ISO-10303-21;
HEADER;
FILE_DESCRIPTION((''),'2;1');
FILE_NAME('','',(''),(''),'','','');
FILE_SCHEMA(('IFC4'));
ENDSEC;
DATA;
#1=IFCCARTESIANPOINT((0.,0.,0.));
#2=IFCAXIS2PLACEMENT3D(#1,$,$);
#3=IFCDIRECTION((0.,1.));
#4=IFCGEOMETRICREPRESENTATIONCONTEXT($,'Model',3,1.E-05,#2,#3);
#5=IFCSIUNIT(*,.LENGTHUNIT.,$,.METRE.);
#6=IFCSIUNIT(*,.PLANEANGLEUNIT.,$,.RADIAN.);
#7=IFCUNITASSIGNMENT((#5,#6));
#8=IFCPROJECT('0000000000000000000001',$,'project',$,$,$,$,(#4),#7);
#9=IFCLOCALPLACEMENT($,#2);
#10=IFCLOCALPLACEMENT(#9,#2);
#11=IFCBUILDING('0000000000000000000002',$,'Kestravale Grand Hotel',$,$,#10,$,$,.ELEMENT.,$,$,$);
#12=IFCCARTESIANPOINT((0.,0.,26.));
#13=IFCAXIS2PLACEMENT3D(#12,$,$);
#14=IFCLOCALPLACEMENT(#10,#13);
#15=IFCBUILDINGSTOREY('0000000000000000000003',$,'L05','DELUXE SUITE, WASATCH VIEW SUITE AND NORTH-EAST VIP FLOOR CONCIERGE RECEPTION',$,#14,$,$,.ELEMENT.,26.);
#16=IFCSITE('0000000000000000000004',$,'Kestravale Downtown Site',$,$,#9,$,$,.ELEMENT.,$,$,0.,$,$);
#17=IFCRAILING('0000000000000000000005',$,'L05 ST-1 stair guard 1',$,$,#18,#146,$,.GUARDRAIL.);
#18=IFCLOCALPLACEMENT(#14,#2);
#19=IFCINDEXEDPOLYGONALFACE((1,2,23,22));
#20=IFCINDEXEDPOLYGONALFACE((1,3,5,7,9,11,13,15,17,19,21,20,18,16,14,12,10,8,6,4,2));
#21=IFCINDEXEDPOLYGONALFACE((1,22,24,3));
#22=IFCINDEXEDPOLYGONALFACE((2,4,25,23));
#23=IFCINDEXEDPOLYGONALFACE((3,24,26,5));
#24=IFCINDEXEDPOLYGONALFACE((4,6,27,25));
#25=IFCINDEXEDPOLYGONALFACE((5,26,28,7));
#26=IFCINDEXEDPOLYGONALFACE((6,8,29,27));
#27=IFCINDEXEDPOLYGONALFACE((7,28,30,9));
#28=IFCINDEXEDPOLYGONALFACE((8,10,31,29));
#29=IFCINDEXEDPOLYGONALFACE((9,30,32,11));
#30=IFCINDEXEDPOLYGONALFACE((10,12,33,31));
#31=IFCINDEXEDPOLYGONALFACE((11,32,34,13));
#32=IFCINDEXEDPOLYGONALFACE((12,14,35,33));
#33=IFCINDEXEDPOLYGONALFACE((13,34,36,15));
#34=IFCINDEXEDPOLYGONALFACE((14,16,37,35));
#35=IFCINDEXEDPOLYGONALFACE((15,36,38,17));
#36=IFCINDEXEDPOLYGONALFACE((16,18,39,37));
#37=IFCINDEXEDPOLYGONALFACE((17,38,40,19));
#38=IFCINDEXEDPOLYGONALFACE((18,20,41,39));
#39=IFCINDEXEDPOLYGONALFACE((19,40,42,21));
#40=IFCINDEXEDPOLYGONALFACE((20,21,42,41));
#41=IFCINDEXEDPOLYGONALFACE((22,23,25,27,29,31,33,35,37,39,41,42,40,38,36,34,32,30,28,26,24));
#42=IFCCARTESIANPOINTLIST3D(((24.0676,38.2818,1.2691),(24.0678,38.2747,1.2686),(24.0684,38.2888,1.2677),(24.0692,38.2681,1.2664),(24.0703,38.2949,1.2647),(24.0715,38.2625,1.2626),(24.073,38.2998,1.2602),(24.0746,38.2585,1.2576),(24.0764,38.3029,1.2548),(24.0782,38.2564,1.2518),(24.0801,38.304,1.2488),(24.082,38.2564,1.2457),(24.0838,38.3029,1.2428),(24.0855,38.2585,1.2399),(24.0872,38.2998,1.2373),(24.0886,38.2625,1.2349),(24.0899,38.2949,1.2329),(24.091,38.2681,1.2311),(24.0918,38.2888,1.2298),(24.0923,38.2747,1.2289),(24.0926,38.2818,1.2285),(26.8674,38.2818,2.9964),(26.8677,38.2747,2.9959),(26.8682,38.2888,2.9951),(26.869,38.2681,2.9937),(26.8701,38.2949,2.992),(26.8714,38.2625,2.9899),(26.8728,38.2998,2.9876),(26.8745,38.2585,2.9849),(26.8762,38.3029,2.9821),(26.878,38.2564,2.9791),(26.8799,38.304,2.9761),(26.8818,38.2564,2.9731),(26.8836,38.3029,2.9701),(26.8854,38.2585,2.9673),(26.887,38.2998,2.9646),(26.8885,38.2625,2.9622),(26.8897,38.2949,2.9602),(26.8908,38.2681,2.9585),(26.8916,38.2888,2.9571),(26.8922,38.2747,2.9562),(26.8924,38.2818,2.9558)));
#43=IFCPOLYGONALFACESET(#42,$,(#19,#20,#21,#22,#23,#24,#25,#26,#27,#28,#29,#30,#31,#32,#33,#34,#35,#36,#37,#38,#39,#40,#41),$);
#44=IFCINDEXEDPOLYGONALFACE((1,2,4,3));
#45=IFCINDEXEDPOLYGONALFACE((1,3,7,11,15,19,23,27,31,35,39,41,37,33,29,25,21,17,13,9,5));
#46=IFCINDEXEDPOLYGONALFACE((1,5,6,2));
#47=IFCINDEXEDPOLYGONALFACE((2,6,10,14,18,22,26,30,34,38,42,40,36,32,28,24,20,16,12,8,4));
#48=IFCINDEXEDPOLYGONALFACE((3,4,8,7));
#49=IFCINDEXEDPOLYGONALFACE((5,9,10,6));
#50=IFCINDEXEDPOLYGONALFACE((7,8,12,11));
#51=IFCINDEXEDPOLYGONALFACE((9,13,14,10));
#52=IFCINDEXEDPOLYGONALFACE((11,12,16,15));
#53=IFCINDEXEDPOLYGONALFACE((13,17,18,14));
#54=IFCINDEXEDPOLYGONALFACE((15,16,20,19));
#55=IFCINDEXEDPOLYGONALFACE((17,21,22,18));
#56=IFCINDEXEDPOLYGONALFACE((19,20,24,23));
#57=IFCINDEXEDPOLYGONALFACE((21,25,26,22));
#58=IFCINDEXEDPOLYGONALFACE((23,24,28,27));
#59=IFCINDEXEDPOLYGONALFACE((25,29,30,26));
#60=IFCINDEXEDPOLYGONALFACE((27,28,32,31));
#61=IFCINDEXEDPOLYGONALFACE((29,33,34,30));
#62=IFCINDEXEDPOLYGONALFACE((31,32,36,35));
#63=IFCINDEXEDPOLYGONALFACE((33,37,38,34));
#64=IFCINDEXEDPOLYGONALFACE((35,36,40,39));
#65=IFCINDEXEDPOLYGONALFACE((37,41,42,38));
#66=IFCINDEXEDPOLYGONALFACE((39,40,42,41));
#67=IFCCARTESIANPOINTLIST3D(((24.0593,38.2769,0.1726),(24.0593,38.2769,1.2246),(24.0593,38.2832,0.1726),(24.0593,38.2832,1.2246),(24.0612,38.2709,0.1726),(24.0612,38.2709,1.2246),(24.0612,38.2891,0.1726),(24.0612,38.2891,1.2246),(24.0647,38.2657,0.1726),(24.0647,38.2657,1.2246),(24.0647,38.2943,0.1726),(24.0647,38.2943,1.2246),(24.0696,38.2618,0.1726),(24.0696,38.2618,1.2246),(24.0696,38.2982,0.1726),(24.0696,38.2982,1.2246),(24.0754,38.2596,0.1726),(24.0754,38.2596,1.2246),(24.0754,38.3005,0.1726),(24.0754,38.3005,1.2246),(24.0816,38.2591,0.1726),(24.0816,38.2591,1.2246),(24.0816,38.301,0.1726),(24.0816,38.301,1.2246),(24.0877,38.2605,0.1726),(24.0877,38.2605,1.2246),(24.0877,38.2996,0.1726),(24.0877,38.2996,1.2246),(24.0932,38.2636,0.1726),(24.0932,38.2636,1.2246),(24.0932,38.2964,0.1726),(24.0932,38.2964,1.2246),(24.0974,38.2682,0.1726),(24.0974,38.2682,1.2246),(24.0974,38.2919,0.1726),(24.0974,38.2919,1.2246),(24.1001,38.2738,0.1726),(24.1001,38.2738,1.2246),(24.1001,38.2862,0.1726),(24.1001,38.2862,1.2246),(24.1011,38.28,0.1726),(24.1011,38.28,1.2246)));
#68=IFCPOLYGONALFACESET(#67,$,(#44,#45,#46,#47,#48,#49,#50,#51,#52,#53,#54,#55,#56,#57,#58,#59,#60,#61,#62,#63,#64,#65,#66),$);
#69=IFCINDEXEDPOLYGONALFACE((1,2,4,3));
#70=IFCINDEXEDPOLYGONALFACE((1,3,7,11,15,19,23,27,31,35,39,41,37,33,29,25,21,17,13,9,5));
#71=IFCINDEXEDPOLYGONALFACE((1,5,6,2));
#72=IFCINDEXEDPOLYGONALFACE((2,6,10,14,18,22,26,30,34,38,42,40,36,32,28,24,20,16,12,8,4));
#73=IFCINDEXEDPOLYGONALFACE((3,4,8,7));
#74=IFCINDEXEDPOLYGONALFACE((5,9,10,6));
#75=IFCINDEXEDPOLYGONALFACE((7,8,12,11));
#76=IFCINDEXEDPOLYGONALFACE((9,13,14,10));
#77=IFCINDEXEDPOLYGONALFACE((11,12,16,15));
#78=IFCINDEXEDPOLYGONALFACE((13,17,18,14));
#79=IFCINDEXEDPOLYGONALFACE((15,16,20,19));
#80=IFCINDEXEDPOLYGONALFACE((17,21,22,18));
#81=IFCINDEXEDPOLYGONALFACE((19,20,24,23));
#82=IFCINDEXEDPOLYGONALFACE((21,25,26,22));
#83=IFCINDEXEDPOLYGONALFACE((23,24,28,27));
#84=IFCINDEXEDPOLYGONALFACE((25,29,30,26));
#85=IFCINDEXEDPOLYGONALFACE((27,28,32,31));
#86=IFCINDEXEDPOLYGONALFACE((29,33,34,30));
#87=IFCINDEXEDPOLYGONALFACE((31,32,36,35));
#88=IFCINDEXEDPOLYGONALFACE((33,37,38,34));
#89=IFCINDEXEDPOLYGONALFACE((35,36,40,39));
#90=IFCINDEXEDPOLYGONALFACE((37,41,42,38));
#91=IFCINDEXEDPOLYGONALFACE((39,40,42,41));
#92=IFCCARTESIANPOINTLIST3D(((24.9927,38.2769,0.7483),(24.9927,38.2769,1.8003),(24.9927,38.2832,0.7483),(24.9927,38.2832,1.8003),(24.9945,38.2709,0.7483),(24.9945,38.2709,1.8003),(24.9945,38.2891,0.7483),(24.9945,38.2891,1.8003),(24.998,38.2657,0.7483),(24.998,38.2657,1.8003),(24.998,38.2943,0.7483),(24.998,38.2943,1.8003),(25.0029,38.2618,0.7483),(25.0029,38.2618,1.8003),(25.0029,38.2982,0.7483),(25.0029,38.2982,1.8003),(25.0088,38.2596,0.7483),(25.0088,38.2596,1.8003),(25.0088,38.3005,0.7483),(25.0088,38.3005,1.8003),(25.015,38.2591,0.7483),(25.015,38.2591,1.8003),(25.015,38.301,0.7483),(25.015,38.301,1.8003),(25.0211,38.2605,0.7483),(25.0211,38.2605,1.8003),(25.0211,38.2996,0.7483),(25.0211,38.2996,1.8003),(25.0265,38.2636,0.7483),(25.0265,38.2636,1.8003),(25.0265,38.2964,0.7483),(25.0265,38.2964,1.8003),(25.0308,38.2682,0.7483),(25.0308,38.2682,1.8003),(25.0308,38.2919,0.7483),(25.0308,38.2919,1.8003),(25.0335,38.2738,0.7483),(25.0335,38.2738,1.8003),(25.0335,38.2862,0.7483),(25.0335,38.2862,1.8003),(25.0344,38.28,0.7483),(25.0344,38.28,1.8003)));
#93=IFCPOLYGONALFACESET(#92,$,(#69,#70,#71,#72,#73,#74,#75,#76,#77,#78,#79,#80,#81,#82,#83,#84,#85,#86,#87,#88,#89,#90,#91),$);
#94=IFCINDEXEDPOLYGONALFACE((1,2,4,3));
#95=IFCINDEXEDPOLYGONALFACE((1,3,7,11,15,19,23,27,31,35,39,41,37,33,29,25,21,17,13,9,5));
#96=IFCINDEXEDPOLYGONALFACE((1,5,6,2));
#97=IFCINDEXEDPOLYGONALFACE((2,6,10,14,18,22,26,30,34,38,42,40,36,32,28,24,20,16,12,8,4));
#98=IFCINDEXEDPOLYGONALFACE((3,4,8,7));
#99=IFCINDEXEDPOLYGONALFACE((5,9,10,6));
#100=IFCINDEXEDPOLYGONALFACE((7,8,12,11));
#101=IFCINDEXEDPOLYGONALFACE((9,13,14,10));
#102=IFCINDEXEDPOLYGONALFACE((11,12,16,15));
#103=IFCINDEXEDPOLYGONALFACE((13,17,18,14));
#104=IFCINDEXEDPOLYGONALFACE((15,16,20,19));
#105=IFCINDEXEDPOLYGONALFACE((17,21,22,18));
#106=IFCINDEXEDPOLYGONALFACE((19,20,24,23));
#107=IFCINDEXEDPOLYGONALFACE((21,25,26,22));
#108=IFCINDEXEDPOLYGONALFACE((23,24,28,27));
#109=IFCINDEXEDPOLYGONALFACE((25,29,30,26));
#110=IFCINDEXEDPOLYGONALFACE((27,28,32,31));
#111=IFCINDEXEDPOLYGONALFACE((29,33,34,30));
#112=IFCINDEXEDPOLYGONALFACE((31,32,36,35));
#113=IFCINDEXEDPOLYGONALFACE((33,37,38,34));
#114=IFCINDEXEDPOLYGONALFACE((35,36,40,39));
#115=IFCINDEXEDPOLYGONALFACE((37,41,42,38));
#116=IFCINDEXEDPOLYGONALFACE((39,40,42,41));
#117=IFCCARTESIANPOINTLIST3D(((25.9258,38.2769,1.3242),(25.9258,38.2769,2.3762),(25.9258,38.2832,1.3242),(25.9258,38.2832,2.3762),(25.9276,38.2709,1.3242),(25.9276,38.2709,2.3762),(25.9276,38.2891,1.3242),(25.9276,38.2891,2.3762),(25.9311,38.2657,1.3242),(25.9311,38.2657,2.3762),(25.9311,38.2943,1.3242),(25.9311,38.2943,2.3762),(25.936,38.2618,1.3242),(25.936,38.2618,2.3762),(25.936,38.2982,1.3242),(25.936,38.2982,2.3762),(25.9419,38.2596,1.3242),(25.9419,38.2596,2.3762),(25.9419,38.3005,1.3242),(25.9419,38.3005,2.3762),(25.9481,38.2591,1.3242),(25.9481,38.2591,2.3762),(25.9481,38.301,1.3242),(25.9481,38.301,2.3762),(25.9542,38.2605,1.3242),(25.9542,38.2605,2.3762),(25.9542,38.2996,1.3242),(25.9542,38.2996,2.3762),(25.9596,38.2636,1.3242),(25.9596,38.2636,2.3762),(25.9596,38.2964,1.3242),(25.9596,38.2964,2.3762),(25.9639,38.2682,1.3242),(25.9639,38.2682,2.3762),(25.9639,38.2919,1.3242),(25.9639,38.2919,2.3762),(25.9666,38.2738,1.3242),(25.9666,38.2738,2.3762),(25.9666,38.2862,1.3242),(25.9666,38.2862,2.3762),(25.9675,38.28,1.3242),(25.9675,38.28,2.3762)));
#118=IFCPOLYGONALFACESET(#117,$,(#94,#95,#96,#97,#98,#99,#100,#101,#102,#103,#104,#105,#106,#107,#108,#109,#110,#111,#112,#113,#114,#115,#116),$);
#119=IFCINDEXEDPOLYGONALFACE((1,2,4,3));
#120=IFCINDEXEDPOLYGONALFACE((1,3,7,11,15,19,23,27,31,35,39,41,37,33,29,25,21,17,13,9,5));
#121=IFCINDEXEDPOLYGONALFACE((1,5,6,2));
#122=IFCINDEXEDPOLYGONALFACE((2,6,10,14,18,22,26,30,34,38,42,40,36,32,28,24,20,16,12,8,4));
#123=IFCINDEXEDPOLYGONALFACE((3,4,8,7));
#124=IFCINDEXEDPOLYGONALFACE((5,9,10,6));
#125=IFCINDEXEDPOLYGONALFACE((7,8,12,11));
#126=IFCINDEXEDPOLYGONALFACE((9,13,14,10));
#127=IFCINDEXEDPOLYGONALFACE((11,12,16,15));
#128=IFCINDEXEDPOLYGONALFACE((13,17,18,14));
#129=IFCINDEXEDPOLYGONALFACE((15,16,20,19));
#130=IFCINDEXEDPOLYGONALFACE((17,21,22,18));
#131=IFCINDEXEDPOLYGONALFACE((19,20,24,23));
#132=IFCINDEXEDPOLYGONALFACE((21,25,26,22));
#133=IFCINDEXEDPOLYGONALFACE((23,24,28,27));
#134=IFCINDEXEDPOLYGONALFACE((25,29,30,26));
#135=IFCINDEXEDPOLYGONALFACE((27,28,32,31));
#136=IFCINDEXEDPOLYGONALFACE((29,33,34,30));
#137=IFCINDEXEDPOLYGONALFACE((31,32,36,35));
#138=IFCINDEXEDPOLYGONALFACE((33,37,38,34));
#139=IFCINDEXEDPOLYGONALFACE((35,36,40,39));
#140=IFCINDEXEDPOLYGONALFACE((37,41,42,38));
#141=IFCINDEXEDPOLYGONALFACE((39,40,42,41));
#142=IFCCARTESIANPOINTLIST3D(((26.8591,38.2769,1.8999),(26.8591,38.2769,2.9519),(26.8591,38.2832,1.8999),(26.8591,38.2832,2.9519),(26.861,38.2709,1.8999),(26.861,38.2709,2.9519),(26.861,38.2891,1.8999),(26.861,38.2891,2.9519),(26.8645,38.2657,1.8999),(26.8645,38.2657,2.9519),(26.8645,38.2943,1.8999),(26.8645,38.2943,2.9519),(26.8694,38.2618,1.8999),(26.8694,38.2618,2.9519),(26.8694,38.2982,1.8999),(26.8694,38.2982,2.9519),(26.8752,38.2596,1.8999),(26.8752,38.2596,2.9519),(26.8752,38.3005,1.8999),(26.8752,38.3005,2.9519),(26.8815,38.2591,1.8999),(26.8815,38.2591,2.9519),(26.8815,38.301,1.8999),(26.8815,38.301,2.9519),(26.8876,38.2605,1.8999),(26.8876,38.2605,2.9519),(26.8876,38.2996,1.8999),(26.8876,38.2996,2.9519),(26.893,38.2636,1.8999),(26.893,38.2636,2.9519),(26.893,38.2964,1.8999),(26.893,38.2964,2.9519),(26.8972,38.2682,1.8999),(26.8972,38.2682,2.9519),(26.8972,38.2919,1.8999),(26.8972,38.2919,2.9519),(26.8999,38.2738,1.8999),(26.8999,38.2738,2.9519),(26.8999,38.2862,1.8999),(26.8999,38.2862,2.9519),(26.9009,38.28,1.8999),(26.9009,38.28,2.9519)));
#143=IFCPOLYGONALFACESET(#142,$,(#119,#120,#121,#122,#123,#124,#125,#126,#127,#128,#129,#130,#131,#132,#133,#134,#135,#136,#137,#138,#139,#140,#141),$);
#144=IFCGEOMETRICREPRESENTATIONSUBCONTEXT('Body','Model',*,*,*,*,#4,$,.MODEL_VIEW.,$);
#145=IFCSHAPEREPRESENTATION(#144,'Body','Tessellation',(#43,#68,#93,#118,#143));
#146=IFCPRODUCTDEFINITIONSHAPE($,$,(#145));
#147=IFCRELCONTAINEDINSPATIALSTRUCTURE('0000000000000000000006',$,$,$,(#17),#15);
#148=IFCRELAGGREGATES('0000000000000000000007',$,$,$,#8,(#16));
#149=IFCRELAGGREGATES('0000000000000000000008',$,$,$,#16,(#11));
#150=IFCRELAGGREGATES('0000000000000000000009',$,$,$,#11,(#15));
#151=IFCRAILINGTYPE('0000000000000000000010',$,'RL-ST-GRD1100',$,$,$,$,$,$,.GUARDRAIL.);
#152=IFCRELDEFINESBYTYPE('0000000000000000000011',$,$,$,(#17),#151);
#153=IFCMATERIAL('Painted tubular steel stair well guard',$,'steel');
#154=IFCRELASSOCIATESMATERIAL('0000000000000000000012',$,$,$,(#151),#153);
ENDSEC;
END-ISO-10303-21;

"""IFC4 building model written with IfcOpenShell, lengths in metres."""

from ifc_helpers import new_model, si_unit, direction, frame, origin, origin_2d, place, context, subcontext, project, spatial, circle, extrude, material, type_object, element, save


model = new_model("IFC4")

# Units and contexts
model_context = context("Model", 3, precision=1e-05, world=origin(), true_north=direction((0.0, 1.0)))
body_context = subcontext(model_context, "Body", "Model", "MODEL_VIEW")
ifc_project = project(units=[si_unit("LENGTHUNIT", "METRE"), si_unit("PLANEANGLEUNIT", "RADIAN")], contexts=[model_context])

# Site, building, storey
site_placement = place(None, origin())
site = spatial("IfcSite", under=ifc_project, at=site_placement, Name="Kestravale Downtown Site", CompositionType="ELEMENT", RefElevation=0.0)
building_placement = place(site_placement, origin())
building = spatial("IfcBuilding", under=site, at=building_placement, Name="Kestravale Grand Hotel", CompositionType="ELEMENT")
storey_placement = place(building_placement, frame((0.0, 0.0, 26.0)))
storey = spatial("IfcBuildingStorey", under=building, at=storey_placement, Name="L05", Description="DELUXE SUITE, WASATCH VIEW SUITE AND NORTH-EAST VIP FLOOR CONCIERGE RECEPTION", CompositionType="ELEMENT", Elevation=26.0)

# Railing
ifc_material_1 = material(Name="Painted tubular steel stair well guard", Category="steel")
railing_type_1 = type_object("IfcRailingType", Name="RL-ST-GRD1100", PredefinedType="GUARDRAIL", material=ifc_material_1)
railing_1_placement = place(storey_placement, frame((24.0801, 38.28, 0.1726)))
element("IfcRailing", 1, at=railing_1_placement, inside=storey, type_object=railing_type_1, Name="L05 ST-1 stair guard 1", PredefinedType="GUARDRAIL", context=body_context, shape_type="SweptSolid", body=[
    extrude(circle(Radius=0.0239, at=origin_2d()), frame((0.0, 0.0, 1.0762), z_axis=(0.851069, 0.0, 0.525054), x_axis=(0.0, 1.0, 0.0)), (0.0, 0.0, 1.0), 3.2898),
    extrude(circle(Radius=0.021, at=origin_2d()), origin(), (0.0, 0.0, 1.0), 1.052),
    extrude(circle(Radius=0.021, at=origin_2d()), frame((0.9333, 0.0, 0.5757)), (0.0, 0.0, 1.0), 1.052),
    extrude(circle(Radius=0.021, at=origin_2d()), frame((1.8665, 0.0, 1.1516)), (0.0, 0.0, 1.0), 1.052),
    extrude(circle(Radius=0.021, at=origin_2d()), frame((2.7998, 0.0, 1.7273)), (0.0, 0.0, 1.0), 1.052),
])

save(model, "model.ifc")
